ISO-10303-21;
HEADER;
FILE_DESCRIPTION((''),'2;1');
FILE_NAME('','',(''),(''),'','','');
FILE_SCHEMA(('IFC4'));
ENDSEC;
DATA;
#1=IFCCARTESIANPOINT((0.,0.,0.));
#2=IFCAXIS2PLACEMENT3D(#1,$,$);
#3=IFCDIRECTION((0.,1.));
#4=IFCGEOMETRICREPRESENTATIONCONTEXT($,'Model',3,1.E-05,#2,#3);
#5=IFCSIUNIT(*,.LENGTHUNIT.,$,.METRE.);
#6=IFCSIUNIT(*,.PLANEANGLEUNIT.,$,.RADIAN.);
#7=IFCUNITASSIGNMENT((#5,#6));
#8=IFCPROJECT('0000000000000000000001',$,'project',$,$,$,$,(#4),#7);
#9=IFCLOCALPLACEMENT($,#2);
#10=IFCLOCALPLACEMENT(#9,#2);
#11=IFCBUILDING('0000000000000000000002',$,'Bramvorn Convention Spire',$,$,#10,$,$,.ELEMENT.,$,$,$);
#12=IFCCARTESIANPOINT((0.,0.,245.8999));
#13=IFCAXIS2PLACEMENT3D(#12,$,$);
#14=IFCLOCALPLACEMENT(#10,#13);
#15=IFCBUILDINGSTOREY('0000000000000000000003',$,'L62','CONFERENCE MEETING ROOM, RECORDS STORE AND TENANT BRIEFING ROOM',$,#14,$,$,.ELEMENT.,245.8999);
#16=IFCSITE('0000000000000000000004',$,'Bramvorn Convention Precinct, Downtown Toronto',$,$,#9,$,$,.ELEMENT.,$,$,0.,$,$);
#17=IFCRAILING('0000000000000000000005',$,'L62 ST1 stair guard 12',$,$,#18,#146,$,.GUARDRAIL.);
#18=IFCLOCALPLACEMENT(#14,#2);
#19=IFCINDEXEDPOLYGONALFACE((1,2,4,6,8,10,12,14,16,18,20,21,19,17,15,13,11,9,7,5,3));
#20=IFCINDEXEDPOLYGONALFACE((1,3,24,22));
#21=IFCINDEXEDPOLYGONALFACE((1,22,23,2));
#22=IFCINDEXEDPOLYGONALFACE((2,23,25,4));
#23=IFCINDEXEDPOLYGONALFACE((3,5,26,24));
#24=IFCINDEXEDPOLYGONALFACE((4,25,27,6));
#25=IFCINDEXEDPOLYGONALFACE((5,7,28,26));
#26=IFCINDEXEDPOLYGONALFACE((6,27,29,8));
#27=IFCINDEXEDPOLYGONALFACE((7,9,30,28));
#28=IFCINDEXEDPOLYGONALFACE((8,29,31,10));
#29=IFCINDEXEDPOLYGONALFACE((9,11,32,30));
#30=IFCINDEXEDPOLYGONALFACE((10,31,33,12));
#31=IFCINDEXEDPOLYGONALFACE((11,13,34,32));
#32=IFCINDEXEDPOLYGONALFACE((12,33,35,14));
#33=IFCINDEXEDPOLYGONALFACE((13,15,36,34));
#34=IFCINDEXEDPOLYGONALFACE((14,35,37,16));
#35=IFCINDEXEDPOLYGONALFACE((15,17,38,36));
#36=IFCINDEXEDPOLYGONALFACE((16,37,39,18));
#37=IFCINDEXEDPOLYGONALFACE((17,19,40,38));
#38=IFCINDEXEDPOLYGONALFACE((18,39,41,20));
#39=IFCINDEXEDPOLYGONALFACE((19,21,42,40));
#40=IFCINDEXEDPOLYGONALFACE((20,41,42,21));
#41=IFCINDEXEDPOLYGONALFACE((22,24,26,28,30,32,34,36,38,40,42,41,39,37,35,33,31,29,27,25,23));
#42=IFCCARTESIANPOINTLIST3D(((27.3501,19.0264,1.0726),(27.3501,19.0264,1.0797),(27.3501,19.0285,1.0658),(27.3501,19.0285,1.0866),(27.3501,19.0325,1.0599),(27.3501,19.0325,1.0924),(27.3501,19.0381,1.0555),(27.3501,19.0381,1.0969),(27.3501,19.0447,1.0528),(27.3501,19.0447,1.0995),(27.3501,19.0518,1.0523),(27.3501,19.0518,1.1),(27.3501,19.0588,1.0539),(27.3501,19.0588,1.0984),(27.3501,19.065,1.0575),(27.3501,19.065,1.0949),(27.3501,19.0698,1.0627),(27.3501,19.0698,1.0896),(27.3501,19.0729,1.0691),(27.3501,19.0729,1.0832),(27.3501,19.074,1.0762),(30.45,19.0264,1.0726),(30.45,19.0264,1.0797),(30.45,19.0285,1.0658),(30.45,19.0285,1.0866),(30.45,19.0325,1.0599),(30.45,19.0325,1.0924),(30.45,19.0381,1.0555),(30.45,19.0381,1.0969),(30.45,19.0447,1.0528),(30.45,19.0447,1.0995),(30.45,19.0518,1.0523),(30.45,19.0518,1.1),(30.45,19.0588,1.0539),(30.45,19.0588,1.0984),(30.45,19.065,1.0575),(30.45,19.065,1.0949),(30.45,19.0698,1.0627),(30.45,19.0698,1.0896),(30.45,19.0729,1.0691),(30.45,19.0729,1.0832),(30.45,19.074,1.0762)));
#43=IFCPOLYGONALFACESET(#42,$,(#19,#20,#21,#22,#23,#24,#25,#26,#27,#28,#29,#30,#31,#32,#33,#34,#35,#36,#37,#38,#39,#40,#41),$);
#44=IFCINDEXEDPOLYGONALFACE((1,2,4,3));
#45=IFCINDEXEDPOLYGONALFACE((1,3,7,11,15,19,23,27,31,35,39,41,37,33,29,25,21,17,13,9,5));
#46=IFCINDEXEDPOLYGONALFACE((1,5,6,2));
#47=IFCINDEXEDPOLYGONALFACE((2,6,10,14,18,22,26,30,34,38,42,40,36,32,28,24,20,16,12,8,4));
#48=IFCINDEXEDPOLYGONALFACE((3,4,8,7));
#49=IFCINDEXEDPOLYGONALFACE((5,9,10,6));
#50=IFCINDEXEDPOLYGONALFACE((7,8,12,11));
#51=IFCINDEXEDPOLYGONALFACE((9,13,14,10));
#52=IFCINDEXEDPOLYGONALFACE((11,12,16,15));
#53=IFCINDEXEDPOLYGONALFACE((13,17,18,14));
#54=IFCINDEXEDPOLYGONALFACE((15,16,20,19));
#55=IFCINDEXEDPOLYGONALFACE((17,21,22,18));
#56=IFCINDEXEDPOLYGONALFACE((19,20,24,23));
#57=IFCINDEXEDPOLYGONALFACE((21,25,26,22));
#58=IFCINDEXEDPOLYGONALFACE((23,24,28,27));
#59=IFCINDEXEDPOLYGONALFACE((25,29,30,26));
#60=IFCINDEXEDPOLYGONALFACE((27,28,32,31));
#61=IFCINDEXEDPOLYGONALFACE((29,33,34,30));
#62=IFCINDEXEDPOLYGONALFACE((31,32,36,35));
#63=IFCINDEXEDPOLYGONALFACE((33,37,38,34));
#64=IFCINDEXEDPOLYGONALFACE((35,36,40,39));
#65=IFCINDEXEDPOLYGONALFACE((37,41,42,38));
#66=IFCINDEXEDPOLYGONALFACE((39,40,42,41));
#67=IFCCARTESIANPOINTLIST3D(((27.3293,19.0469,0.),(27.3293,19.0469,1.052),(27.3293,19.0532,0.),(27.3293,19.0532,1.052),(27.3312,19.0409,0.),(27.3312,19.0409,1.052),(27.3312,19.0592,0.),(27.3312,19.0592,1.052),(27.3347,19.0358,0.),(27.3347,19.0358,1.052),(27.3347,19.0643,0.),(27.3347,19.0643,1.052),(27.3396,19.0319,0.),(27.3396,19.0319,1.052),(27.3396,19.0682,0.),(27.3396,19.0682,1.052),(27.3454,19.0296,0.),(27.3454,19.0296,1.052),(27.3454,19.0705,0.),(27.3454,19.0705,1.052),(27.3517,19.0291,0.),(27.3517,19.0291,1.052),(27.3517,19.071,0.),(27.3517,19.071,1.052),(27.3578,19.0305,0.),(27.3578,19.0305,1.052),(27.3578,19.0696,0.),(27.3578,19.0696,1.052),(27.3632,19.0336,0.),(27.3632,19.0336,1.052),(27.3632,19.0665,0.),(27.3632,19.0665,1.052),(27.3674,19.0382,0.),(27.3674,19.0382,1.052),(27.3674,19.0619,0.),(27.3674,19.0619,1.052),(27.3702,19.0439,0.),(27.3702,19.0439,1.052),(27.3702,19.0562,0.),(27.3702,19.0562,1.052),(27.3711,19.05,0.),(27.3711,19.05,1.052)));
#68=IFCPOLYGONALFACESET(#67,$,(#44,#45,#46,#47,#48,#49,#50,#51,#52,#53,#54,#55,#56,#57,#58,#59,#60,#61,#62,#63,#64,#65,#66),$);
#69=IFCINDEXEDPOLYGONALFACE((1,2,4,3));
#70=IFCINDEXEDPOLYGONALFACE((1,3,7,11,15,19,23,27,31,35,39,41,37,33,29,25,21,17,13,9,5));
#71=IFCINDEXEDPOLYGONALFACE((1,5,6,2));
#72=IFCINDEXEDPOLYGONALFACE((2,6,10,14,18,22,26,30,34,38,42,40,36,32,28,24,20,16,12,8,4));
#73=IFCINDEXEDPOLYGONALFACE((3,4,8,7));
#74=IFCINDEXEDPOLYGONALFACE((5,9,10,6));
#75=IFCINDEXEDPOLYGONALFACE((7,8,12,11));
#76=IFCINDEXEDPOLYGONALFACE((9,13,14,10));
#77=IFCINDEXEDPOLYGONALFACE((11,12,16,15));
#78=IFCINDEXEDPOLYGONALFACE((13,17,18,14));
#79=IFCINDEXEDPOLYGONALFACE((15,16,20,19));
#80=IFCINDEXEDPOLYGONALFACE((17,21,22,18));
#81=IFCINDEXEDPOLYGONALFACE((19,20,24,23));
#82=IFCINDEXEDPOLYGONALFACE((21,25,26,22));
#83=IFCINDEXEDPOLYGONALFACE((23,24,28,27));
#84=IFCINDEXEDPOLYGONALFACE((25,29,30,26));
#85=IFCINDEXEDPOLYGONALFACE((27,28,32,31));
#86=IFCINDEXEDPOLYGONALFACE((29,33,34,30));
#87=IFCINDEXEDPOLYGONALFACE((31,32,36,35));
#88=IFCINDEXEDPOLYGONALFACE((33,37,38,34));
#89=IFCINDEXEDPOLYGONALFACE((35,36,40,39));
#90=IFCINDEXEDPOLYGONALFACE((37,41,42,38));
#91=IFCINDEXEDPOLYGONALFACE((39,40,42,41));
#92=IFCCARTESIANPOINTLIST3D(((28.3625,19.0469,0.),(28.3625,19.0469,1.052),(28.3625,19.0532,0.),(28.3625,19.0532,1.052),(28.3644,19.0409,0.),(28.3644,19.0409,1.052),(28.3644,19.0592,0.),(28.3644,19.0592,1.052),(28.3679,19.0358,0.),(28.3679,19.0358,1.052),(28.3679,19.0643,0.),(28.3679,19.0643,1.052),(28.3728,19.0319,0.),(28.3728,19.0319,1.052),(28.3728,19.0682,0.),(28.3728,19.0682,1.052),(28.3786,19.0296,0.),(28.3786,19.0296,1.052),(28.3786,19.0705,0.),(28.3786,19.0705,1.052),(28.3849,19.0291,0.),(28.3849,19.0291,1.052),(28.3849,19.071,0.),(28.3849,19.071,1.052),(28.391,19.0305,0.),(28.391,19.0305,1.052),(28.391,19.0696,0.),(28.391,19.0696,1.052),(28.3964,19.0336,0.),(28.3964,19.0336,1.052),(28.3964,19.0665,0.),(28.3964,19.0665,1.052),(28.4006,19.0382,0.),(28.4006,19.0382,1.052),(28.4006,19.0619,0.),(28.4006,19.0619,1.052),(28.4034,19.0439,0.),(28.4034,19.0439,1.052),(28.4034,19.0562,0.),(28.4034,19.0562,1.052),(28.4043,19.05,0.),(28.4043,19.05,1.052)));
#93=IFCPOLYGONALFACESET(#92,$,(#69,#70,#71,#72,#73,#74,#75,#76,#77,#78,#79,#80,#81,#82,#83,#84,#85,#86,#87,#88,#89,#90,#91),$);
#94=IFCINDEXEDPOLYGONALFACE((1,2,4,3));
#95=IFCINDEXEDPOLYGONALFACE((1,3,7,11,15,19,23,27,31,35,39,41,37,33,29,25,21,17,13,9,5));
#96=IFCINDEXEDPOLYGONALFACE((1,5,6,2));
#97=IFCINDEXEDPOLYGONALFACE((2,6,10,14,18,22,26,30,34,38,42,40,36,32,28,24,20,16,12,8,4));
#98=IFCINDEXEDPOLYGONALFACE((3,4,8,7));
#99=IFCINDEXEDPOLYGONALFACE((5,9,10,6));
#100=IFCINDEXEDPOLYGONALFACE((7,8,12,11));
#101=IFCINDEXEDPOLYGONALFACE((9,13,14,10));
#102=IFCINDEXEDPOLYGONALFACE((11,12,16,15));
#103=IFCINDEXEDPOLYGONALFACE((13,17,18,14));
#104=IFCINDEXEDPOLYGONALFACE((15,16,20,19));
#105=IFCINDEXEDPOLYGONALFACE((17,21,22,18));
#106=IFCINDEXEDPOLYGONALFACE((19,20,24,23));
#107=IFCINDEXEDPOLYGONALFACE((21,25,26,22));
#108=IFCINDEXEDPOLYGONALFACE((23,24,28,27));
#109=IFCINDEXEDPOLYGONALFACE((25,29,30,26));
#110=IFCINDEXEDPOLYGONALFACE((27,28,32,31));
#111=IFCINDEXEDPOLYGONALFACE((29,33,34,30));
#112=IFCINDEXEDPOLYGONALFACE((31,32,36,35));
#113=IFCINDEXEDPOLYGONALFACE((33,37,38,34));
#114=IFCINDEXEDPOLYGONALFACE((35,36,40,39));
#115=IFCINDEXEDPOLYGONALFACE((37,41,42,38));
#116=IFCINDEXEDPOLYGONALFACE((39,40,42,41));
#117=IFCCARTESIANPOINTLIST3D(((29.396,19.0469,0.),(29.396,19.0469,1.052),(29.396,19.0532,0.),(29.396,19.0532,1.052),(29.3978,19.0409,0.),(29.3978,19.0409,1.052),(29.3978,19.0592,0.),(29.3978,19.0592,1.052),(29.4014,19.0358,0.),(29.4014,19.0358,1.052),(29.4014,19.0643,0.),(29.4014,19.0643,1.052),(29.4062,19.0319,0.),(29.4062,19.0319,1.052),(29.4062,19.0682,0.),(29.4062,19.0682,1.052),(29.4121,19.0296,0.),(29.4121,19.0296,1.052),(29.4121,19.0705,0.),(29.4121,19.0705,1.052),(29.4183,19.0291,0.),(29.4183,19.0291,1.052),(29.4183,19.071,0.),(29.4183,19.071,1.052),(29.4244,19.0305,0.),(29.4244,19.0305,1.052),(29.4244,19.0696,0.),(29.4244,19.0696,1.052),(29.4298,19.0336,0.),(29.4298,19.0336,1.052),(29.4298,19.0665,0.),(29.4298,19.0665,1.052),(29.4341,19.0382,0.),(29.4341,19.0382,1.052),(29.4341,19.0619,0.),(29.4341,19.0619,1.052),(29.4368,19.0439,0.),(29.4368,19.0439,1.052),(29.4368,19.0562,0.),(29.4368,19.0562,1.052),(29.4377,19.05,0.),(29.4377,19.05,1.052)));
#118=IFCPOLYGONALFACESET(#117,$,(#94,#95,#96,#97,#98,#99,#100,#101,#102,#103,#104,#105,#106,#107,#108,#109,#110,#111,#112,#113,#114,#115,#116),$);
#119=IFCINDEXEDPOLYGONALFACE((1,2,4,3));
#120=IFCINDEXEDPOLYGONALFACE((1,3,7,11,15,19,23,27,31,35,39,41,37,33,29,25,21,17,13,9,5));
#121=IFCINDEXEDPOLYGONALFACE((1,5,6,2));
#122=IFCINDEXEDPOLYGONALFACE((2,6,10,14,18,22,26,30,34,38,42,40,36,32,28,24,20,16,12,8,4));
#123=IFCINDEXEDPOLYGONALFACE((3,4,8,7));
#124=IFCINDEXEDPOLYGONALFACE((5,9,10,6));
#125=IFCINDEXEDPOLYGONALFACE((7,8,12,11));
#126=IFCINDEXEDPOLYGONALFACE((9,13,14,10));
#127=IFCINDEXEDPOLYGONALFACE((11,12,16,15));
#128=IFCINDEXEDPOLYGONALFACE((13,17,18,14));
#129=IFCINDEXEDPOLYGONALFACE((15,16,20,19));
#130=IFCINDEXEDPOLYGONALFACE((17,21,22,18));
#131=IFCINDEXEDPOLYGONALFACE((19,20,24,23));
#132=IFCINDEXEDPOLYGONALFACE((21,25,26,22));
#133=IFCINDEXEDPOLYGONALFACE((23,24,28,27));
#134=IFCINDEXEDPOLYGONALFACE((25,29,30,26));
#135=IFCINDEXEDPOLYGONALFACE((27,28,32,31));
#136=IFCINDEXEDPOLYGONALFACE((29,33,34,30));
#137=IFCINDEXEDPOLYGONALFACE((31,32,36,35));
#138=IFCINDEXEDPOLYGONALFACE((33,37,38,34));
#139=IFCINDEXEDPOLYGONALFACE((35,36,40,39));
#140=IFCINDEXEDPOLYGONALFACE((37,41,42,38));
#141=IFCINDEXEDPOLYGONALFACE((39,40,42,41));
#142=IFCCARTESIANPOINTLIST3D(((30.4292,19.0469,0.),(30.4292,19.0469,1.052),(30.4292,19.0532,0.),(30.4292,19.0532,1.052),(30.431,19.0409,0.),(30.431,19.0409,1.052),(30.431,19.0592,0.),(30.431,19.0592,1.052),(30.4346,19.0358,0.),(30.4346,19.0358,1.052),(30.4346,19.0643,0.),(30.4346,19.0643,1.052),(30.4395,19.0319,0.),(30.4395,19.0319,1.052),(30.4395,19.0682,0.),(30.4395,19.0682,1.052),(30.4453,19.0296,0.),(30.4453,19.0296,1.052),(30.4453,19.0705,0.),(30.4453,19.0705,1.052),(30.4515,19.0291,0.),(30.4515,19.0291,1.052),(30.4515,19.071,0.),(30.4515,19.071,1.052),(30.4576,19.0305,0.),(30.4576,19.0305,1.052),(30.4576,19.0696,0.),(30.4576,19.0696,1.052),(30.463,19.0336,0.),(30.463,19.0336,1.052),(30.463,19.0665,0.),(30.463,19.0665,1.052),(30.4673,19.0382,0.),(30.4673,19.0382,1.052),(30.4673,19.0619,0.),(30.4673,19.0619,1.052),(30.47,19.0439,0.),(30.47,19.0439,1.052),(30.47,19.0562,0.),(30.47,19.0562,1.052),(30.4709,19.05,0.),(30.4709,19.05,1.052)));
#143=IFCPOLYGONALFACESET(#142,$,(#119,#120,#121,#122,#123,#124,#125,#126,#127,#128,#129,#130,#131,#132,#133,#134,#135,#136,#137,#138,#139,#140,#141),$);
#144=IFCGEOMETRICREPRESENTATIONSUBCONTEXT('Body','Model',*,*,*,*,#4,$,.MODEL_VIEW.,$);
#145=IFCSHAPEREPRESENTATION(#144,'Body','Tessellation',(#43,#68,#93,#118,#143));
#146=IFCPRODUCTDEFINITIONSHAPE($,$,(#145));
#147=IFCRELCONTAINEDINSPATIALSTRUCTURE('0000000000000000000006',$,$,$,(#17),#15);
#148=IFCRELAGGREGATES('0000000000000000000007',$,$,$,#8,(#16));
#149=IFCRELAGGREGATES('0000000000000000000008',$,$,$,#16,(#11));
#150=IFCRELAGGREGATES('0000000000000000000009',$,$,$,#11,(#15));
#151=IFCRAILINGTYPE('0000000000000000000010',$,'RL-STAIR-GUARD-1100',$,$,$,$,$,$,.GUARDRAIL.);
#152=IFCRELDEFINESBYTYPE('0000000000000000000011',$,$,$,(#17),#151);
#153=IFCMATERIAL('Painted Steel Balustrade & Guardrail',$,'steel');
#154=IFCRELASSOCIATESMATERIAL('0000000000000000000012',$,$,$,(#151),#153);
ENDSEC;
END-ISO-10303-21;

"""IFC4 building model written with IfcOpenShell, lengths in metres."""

from ifc_helpers import new_model, si_unit, direction, frame, origin, origin_2d, place, context, subcontext, project, spatial, circle, extrude, material, type_object, element, save


model = new_model("IFC4")

# Units and contexts
model_context = context("Model", 3, precision=1e-05, world=origin(), true_north=direction((0.0, 1.0)))
body_context = subcontext(model_context, "Body", "Model", "MODEL_VIEW")
ifc_project = project(units=[si_unit("LENGTHUNIT", "METRE"), si_unit("PLANEANGLEUNIT", "RADIAN")], contexts=[model_context])

# Site, building, storey
site_placement = place(None, origin())
site = spatial("IfcSite", under=ifc_project, at=site_placement, Name="Bramvorn Convention Precinct, Downtown Toronto", CompositionType="ELEMENT", RefElevation=0.0)
building_placement = place(site_placement, origin())
building = spatial("IfcBuilding", under=site, at=building_placement, Name="Bramvorn Convention Spire", CompositionType="ELEMENT")
storey_placement = place(building_placement, frame((0.0, 0.0, 245.8999)))
storey = spatial("IfcBuildingStorey", under=building, at=storey_placement, Name="L62", Description="CONFERENCE MEETING ROOM, RECORDS STORE AND TENANT BRIEFING ROOM", CompositionType="ELEMENT", Elevation=245.8999)

# Railing
ifc_material_1 = material(Name="Painted Steel Balustrade & Guardrail", Category="steel")
railing_type_1 = type_object("IfcRailingType", Name="RL-STAIR-GUARD-1100", PredefinedType="GUARDRAIL", material=ifc_material_1)
railing_1_placement = place(storey_placement, frame((27.3501, 19.05, 0.0)))
element("IfcRailing", 1, at=railing_1_placement, inside=storey, type_object=railing_type_1, Name="L62 ST1 stair guard 12", PredefinedType="GUARDRAIL", context=body_context, shape_type="SweptSolid", body=[
    extrude(circle(Radius=0.0239, at=origin_2d()), frame((0.0, 0.0, 1.0762), z_axis=(1.0, 0.0, 0.0), x_axis=(0.0, 1.0, 0.0)), (0.0, 0.0, 1.0), 3.0999),
    extrude(circle(Radius=0.021, at=origin_2d()), origin(), (0.0, 0.0, 1.0), 1.052),
    extrude(circle(Radius=0.021, at=origin_2d()), frame((1.0332, 0.0, 0.0)), (0.0, 0.0, 1.0), 1.052),
    extrude(circle(Radius=0.021, at=origin_2d()), frame((2.0667, 0.0, 0.0)), (0.0, 0.0, 1.0), 1.052),
    extrude(circle(Radius=0.021, at=origin_2d()), frame((3.0999, 0.0, 0.0)), (0.0, 0.0, 1.0), 1.052),
])

save(model, "model.ifc")
